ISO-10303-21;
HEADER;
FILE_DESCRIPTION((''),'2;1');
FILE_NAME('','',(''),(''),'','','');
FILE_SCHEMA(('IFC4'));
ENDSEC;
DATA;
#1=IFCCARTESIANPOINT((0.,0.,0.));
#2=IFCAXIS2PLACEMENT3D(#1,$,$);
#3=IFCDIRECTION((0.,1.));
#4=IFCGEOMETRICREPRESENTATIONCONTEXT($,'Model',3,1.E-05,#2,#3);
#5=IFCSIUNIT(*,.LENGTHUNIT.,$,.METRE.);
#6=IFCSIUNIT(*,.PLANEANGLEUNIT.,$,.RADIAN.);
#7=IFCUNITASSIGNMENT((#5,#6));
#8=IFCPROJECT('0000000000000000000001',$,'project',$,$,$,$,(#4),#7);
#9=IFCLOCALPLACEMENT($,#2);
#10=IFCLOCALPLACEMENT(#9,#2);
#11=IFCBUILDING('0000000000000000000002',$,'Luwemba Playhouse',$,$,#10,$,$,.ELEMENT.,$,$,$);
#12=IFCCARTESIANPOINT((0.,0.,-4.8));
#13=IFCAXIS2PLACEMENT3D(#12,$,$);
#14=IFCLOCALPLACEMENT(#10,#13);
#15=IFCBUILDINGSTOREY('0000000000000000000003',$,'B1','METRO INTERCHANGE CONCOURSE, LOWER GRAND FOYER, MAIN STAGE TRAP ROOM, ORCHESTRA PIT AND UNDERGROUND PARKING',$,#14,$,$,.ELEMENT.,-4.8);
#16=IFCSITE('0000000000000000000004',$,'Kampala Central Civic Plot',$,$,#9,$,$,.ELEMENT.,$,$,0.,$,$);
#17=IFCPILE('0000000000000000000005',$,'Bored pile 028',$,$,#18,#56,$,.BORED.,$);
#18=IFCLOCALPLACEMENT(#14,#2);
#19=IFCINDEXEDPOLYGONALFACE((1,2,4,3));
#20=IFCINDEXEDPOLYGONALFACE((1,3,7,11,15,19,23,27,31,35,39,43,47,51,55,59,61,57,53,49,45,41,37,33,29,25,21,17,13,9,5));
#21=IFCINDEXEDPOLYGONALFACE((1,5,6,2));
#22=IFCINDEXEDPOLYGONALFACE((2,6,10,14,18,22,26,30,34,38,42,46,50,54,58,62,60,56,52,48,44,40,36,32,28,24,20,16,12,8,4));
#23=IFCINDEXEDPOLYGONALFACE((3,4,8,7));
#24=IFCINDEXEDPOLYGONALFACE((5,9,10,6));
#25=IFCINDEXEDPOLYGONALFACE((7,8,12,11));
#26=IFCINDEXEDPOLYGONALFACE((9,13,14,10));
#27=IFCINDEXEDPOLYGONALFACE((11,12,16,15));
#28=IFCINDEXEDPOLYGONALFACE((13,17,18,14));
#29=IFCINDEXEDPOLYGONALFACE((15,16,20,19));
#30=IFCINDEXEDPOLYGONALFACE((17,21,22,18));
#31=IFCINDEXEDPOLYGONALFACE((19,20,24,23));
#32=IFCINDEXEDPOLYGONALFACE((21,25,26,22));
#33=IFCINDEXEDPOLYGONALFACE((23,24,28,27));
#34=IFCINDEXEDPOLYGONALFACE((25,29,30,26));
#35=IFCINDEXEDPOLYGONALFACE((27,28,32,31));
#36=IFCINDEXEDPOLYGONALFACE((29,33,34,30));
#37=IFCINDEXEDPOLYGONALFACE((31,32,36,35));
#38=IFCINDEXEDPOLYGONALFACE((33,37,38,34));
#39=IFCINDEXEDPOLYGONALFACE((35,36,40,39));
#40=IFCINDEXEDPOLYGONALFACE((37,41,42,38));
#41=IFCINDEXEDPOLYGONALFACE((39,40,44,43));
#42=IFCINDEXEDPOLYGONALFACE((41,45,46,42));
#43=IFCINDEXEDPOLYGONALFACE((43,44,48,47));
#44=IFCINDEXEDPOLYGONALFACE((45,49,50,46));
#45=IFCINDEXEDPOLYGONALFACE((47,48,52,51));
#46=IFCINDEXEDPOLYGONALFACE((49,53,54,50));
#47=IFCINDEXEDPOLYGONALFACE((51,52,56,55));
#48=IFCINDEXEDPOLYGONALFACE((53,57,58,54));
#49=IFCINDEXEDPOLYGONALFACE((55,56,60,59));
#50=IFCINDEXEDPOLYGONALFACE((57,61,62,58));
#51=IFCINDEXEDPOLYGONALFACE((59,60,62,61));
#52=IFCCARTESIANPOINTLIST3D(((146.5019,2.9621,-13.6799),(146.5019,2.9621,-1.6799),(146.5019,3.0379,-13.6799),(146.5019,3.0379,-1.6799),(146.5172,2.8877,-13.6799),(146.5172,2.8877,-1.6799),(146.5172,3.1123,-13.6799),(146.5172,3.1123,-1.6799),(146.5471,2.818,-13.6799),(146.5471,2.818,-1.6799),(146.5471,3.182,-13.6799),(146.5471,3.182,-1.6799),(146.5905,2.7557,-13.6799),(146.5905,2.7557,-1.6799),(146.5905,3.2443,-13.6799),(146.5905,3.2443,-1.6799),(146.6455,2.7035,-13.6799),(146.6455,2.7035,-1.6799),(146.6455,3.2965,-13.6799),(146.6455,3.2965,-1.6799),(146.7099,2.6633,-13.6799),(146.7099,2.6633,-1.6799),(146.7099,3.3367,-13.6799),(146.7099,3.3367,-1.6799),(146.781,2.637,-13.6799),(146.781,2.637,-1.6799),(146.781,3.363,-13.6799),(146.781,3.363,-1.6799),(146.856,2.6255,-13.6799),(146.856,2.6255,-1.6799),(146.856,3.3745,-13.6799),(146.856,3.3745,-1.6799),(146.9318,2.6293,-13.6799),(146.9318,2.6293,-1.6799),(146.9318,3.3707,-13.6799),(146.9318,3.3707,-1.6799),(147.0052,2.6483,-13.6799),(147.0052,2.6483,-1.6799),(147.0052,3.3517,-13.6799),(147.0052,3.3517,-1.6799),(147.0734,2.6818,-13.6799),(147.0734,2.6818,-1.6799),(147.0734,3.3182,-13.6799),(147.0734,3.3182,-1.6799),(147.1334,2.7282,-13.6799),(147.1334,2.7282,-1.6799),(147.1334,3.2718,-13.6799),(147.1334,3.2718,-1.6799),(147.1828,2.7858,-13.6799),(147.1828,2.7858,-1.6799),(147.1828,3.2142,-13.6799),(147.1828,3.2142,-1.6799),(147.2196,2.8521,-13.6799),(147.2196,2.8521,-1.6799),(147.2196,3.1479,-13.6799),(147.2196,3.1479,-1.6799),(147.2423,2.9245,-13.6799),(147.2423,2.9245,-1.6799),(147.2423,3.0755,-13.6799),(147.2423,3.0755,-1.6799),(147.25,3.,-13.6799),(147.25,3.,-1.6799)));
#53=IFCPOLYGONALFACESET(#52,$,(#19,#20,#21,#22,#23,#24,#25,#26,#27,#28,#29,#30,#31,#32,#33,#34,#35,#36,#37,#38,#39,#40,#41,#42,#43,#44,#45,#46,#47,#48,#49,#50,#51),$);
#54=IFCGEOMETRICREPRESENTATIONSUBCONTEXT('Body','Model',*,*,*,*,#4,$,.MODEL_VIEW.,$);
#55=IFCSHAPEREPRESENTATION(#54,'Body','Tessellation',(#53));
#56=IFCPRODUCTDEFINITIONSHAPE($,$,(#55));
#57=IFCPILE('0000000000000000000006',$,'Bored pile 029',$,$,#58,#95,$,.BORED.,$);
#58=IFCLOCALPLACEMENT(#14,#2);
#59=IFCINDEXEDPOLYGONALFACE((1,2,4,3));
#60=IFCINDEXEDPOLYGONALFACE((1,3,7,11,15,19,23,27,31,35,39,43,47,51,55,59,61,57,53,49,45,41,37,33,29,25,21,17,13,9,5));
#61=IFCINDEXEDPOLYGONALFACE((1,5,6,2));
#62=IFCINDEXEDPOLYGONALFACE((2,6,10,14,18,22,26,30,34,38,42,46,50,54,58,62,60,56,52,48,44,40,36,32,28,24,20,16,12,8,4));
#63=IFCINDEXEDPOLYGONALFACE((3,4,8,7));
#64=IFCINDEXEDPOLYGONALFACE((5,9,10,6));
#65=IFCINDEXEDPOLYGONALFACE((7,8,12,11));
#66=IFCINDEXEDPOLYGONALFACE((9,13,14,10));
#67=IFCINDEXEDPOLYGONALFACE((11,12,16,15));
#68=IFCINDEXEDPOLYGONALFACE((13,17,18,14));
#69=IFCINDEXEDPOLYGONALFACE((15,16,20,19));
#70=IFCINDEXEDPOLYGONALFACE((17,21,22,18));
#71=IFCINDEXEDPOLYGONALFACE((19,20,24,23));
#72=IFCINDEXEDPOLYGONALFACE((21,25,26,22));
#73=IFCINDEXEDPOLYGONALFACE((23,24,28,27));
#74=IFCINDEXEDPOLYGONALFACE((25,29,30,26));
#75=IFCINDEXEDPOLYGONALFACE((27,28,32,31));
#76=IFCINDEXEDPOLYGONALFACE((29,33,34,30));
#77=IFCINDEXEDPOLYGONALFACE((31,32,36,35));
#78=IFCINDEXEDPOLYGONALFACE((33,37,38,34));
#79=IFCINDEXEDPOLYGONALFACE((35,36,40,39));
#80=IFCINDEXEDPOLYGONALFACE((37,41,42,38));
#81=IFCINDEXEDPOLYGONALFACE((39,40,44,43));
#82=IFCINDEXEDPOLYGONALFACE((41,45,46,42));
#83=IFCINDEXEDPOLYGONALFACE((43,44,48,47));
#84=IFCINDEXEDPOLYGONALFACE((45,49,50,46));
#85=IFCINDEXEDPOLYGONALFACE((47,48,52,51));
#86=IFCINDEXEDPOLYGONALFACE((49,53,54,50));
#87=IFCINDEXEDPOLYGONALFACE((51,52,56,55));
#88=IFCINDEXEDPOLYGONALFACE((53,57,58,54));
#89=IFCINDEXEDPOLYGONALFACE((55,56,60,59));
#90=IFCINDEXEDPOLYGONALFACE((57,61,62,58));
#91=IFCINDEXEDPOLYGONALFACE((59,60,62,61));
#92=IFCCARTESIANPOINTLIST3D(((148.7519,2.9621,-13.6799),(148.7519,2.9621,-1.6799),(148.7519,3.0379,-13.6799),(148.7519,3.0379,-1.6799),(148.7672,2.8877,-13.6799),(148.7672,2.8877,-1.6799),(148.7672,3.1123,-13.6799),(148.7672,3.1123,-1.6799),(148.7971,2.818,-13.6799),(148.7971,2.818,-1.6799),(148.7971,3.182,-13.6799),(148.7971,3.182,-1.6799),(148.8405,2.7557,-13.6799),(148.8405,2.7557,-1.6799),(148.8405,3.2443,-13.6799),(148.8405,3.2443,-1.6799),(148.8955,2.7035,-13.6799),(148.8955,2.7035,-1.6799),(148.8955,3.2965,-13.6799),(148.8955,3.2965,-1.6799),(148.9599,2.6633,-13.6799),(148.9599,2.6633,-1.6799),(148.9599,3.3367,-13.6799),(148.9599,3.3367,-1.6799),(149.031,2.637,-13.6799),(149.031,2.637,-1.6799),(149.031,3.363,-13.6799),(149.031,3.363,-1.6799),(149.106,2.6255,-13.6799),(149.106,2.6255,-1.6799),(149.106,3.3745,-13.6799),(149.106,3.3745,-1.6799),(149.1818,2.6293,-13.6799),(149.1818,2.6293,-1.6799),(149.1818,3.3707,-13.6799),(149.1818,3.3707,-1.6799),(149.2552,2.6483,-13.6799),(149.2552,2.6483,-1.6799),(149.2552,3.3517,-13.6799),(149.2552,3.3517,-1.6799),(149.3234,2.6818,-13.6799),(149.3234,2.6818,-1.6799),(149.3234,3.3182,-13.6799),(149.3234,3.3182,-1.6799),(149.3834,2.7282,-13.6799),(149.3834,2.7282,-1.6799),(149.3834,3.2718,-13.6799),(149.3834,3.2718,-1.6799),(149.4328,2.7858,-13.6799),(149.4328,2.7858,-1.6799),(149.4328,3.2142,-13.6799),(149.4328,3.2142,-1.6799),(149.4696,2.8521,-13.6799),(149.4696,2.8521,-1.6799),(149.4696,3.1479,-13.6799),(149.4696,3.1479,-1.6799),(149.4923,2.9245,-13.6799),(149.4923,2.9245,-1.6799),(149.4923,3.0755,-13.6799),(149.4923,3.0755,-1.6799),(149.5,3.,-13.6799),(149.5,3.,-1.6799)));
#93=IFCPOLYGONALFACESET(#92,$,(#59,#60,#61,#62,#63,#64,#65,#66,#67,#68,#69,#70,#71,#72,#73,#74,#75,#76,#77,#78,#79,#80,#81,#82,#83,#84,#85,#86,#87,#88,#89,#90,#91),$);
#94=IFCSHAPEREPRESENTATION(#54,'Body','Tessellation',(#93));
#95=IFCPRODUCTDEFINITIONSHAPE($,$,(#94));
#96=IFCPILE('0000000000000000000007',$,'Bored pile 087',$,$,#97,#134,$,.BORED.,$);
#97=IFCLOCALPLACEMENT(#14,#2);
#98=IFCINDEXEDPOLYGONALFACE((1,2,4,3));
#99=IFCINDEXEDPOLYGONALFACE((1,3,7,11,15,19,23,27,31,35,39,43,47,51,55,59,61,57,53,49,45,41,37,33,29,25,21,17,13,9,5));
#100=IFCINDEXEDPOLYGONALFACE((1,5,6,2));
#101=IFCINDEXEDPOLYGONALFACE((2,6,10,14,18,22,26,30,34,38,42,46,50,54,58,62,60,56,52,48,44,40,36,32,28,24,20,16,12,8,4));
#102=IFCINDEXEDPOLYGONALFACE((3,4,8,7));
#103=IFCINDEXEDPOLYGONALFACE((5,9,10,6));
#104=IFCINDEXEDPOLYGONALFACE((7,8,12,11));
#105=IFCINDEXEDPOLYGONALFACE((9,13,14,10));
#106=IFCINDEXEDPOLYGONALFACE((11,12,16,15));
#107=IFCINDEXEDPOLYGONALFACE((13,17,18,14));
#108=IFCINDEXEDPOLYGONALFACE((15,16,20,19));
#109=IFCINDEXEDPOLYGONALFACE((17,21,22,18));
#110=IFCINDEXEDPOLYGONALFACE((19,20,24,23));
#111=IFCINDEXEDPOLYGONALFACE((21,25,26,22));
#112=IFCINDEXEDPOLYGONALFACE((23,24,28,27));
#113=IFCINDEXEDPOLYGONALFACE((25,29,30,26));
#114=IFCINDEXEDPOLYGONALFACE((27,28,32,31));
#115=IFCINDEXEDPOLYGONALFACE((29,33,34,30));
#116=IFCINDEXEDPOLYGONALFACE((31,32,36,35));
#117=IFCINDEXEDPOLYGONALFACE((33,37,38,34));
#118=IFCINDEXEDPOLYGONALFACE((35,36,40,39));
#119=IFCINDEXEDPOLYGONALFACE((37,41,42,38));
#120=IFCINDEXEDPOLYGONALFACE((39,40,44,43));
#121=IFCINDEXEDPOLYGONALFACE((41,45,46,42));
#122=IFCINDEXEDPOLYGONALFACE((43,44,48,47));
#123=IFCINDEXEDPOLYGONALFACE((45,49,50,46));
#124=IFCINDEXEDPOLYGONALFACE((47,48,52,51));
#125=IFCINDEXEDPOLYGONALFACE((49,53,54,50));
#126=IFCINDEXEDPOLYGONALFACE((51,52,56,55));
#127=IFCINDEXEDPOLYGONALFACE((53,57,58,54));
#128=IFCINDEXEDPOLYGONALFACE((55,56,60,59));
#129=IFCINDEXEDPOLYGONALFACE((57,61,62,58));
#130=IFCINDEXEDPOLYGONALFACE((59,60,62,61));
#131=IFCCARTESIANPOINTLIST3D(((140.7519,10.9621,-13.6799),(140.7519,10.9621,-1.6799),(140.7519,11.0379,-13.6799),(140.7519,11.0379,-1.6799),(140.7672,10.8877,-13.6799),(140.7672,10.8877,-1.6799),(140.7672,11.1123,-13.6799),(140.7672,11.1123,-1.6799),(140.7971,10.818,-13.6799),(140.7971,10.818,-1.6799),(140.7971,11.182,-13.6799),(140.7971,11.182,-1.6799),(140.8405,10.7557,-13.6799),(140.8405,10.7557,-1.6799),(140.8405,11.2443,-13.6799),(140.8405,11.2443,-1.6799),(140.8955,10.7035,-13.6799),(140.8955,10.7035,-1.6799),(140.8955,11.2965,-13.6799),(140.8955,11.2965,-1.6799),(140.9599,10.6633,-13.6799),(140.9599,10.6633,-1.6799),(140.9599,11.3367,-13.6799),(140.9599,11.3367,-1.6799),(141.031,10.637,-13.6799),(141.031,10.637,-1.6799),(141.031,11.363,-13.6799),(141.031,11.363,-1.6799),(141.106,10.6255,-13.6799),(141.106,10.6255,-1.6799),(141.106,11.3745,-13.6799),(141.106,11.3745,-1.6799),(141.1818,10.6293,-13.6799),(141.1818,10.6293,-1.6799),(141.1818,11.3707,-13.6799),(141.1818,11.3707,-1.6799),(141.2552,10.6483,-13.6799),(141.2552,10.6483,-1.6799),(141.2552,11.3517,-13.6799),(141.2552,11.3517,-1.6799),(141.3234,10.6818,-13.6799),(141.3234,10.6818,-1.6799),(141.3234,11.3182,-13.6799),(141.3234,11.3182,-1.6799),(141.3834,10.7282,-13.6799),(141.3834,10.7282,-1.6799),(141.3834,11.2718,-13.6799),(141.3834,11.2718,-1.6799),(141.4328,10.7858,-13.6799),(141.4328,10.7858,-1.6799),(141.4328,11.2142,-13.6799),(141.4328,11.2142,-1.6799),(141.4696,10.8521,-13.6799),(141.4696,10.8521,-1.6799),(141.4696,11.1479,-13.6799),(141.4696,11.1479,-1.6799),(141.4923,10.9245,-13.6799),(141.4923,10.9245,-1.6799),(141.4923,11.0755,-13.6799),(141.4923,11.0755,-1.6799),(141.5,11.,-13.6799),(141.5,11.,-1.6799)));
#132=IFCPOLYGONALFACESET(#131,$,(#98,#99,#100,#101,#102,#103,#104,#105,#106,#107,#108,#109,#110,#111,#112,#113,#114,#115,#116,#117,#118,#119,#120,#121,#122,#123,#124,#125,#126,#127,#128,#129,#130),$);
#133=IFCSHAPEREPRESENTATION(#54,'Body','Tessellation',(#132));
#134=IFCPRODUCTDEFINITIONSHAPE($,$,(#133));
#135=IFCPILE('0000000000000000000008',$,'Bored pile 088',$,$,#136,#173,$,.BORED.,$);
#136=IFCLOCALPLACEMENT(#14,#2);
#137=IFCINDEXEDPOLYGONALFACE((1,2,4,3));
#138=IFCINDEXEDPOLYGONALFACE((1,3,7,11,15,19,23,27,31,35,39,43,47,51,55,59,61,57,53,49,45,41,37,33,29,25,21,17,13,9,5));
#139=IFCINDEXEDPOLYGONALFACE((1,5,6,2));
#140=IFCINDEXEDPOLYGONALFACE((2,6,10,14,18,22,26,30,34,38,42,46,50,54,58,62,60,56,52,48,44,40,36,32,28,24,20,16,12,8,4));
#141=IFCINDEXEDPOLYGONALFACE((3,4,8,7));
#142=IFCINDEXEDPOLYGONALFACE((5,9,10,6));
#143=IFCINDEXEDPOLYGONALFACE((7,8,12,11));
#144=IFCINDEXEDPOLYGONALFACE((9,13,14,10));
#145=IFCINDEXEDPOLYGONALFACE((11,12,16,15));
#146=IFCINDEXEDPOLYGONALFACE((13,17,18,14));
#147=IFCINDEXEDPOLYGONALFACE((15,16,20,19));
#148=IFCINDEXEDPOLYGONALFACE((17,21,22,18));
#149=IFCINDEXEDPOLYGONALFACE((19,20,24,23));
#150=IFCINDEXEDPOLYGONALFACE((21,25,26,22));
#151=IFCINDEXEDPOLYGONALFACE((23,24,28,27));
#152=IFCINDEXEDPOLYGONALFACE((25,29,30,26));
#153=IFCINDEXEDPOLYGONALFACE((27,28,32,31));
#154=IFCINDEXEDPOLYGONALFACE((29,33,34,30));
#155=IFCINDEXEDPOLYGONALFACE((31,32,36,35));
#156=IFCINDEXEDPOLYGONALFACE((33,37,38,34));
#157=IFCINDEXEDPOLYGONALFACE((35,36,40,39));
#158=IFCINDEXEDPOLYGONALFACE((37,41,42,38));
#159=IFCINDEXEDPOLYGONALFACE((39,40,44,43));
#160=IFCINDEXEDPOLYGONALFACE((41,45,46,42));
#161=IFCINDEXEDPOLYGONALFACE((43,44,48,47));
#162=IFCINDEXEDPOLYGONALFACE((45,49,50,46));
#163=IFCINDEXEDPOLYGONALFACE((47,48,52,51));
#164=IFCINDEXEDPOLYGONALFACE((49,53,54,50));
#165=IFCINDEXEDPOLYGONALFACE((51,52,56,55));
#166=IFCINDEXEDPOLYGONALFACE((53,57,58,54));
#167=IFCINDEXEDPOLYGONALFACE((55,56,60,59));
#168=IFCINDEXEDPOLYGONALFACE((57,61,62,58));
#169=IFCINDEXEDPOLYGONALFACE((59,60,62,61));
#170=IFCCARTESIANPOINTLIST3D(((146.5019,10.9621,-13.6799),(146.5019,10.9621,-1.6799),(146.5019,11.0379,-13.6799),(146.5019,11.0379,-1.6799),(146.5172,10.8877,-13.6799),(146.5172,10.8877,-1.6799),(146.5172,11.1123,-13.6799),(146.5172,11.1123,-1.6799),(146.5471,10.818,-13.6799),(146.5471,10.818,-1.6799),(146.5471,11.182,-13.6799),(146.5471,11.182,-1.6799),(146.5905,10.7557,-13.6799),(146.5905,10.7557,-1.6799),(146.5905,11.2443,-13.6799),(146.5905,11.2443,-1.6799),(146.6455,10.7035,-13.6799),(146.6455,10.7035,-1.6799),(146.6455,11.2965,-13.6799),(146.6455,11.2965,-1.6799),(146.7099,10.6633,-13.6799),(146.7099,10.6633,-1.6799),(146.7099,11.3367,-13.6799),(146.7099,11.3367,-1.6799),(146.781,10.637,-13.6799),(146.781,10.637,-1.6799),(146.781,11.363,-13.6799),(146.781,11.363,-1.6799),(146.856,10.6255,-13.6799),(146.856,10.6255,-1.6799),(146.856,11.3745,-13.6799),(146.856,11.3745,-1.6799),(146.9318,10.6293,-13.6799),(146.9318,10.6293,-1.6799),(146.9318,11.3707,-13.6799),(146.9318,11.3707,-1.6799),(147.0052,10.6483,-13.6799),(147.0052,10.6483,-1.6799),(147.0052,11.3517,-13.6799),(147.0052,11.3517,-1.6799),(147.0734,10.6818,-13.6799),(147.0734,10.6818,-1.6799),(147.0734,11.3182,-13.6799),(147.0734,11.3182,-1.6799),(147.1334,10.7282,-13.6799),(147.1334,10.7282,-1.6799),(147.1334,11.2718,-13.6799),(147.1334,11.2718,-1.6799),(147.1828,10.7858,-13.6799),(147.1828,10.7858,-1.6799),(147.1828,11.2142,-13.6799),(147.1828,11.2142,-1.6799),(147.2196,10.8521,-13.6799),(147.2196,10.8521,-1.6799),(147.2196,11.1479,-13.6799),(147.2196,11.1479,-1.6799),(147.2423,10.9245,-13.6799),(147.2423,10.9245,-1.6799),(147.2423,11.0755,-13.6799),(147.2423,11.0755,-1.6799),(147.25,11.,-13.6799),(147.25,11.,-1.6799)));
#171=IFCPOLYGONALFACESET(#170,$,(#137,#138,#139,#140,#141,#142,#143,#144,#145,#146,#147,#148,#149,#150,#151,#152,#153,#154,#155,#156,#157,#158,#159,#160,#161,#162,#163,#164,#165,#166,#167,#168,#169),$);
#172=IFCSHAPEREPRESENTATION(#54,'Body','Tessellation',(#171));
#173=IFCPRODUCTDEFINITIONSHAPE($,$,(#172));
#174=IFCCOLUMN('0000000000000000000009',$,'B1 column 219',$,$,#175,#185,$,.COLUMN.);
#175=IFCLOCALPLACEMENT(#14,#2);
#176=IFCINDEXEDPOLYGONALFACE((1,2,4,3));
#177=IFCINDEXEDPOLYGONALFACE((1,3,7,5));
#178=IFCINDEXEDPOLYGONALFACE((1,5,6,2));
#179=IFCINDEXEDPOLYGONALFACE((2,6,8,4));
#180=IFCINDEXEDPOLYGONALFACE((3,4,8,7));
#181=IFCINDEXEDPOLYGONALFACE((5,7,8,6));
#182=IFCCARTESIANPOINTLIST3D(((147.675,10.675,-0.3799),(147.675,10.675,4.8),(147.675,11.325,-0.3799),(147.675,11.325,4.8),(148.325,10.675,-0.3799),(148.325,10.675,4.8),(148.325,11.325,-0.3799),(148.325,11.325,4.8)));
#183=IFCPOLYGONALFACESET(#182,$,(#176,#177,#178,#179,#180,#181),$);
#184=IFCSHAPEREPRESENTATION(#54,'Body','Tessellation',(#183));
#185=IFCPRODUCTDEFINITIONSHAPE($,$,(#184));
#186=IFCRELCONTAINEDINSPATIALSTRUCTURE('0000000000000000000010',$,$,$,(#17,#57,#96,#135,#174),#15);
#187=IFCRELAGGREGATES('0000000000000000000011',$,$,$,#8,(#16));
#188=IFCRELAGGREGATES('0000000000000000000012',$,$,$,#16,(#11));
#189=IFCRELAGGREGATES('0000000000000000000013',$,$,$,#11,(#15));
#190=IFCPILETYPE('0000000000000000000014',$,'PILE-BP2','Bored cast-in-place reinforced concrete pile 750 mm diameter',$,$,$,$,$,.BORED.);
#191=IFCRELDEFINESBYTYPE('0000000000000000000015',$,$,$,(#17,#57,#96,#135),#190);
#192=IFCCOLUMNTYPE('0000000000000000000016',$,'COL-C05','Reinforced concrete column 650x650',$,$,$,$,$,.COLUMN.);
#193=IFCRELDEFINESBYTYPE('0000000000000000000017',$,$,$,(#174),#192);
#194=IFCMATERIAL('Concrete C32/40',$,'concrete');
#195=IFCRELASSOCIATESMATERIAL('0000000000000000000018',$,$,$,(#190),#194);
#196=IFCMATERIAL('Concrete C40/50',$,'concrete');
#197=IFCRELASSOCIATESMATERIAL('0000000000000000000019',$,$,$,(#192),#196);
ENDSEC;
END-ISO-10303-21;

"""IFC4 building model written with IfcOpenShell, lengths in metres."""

from ifc_helpers import new_model, si_unit, direction, frame, origin, origin_2d, place, context, subcontext, project, spatial, rectangle, circle, extrude, material, material_profile, profile_set, type_object, element, save


model = new_model("IFC4")

# Units and contexts
model_context = context("Model", 3, precision=1e-05, world=origin(), true_north=direction((0.0, 1.0)))
body_context = subcontext(model_context, "Body", "Model", "MODEL_VIEW")
ifc_project = project(units=[si_unit("LENGTHUNIT", "METRE"), si_unit("PLANEANGLEUNIT", "RADIAN")], contexts=[model_context])

# Site, building, storey
site_placement = place(None, origin())
site = spatial("IfcSite", under=ifc_project, at=site_placement, Name="Kampala Central Civic Plot", CompositionType="ELEMENT", RefElevation=0.0)
building_placement = place(site_placement, origin())
building = spatial("IfcBuilding", under=site, at=building_placement, Name="Luwemba Playhouse", CompositionType="ELEMENT")
storey_placement = place(building_placement, frame((0.0, 0.0, -4.8)))
storey = spatial("IfcBuildingStorey", under=building, at=storey_placement, Name="B1", Description="METRO INTERCHANGE CONCOURSE, LOWER GRAND FOYER, MAIN STAGE TRAP ROOM, ORCHESTRA PIT AND UNDERGROUND PARKING", CompositionType="ELEMENT", Elevation=-4.8)

# Shared definitions
ifc_material_1 = material(Name="Concrete C32/40", Category="concrete")

# Piles
ifc_material_profile_1 = material_profile(ifc_material_1, circle(Radius=0.375, at=origin_2d()))
ifc_profile_set_1 = profile_set([ifc_material_profile_1], Name="Concrete C32/40")
pile_type_1 = type_object("IfcPileType", Name="PILE-BP2", Description="Bored cast-in-place reinforced concrete pile 750 mm diameter", PredefinedType="BORED", material=ifc_profile_set_1)
for number, where, z_axis, x_axis, name in (
    (1, (146.875, 3.0, -1.6799), (0.0, 0.0, -1.0), (1.0, 0.0, 0.0), "Bored pile 028"),
    (2, (149.125, 3.0, -1.6799), (0.0, 0.0, -1.0), (1.0, 0.0, 0.0), "Bored pile 029"),
    (3, (141.125, 11.0, -1.6799), (0.0, 0.0, -1.0), (1.0, 0.0, 0.0), "Bored pile 087"),
    (4, (146.875, 11.0, -1.6799), (0.0, 0.0, -1.0), (1.0, 0.0, 0.0), "Bored pile 088"),
):
    element("IfcPile", number, at=place(storey_placement, frame(where, z_axis=z_axis, x_axis=x_axis)), inside=storey, type_object=pile_type_1, Name=name, PredefinedType="BORED", context=body_context, shape_type="SweptSolid", body=[
        extrude(circle(Radius=0.375, at=origin_2d()), origin(), (0.0, 0.0, 1.0), 12.0),
    ])

# Column
ifc_material_2 = material(Name="Concrete C40/50", Category="concrete")
ifc_material_profile_2 = material_profile(ifc_material_2, rectangle(XDim=0.6499, YDim=0.6499, at=origin_2d()))
ifc_profile_set_2 = profile_set([ifc_material_profile_2], Name="Concrete C40/50")
column_type_1 = type_object("IfcColumnType", Name="COL-C05", Description="Reinforced concrete column 650x650", PredefinedType="COLUMN", material=ifc_profile_set_2)
column_1_placement = place(storey_placement, frame((148.0, 11.0, -0.3799), z_axis=(0.0, 0.0, 1.0), x_axis=(1.0, 0.0, 0.0)))
element("IfcColumn", 5, at=column_1_placement, inside=storey, type_object=column_type_1, Name="B1 column 219", PredefinedType="COLUMN", context=body_context, shape_type="SweptSolid", body=[
    extrude(rectangle(XDim=0.6499, YDim=0.6499, at=origin_2d()), origin(), (0.0, 0.0, 1.0), 5.1799),
])

save(model, "model.ifc")
